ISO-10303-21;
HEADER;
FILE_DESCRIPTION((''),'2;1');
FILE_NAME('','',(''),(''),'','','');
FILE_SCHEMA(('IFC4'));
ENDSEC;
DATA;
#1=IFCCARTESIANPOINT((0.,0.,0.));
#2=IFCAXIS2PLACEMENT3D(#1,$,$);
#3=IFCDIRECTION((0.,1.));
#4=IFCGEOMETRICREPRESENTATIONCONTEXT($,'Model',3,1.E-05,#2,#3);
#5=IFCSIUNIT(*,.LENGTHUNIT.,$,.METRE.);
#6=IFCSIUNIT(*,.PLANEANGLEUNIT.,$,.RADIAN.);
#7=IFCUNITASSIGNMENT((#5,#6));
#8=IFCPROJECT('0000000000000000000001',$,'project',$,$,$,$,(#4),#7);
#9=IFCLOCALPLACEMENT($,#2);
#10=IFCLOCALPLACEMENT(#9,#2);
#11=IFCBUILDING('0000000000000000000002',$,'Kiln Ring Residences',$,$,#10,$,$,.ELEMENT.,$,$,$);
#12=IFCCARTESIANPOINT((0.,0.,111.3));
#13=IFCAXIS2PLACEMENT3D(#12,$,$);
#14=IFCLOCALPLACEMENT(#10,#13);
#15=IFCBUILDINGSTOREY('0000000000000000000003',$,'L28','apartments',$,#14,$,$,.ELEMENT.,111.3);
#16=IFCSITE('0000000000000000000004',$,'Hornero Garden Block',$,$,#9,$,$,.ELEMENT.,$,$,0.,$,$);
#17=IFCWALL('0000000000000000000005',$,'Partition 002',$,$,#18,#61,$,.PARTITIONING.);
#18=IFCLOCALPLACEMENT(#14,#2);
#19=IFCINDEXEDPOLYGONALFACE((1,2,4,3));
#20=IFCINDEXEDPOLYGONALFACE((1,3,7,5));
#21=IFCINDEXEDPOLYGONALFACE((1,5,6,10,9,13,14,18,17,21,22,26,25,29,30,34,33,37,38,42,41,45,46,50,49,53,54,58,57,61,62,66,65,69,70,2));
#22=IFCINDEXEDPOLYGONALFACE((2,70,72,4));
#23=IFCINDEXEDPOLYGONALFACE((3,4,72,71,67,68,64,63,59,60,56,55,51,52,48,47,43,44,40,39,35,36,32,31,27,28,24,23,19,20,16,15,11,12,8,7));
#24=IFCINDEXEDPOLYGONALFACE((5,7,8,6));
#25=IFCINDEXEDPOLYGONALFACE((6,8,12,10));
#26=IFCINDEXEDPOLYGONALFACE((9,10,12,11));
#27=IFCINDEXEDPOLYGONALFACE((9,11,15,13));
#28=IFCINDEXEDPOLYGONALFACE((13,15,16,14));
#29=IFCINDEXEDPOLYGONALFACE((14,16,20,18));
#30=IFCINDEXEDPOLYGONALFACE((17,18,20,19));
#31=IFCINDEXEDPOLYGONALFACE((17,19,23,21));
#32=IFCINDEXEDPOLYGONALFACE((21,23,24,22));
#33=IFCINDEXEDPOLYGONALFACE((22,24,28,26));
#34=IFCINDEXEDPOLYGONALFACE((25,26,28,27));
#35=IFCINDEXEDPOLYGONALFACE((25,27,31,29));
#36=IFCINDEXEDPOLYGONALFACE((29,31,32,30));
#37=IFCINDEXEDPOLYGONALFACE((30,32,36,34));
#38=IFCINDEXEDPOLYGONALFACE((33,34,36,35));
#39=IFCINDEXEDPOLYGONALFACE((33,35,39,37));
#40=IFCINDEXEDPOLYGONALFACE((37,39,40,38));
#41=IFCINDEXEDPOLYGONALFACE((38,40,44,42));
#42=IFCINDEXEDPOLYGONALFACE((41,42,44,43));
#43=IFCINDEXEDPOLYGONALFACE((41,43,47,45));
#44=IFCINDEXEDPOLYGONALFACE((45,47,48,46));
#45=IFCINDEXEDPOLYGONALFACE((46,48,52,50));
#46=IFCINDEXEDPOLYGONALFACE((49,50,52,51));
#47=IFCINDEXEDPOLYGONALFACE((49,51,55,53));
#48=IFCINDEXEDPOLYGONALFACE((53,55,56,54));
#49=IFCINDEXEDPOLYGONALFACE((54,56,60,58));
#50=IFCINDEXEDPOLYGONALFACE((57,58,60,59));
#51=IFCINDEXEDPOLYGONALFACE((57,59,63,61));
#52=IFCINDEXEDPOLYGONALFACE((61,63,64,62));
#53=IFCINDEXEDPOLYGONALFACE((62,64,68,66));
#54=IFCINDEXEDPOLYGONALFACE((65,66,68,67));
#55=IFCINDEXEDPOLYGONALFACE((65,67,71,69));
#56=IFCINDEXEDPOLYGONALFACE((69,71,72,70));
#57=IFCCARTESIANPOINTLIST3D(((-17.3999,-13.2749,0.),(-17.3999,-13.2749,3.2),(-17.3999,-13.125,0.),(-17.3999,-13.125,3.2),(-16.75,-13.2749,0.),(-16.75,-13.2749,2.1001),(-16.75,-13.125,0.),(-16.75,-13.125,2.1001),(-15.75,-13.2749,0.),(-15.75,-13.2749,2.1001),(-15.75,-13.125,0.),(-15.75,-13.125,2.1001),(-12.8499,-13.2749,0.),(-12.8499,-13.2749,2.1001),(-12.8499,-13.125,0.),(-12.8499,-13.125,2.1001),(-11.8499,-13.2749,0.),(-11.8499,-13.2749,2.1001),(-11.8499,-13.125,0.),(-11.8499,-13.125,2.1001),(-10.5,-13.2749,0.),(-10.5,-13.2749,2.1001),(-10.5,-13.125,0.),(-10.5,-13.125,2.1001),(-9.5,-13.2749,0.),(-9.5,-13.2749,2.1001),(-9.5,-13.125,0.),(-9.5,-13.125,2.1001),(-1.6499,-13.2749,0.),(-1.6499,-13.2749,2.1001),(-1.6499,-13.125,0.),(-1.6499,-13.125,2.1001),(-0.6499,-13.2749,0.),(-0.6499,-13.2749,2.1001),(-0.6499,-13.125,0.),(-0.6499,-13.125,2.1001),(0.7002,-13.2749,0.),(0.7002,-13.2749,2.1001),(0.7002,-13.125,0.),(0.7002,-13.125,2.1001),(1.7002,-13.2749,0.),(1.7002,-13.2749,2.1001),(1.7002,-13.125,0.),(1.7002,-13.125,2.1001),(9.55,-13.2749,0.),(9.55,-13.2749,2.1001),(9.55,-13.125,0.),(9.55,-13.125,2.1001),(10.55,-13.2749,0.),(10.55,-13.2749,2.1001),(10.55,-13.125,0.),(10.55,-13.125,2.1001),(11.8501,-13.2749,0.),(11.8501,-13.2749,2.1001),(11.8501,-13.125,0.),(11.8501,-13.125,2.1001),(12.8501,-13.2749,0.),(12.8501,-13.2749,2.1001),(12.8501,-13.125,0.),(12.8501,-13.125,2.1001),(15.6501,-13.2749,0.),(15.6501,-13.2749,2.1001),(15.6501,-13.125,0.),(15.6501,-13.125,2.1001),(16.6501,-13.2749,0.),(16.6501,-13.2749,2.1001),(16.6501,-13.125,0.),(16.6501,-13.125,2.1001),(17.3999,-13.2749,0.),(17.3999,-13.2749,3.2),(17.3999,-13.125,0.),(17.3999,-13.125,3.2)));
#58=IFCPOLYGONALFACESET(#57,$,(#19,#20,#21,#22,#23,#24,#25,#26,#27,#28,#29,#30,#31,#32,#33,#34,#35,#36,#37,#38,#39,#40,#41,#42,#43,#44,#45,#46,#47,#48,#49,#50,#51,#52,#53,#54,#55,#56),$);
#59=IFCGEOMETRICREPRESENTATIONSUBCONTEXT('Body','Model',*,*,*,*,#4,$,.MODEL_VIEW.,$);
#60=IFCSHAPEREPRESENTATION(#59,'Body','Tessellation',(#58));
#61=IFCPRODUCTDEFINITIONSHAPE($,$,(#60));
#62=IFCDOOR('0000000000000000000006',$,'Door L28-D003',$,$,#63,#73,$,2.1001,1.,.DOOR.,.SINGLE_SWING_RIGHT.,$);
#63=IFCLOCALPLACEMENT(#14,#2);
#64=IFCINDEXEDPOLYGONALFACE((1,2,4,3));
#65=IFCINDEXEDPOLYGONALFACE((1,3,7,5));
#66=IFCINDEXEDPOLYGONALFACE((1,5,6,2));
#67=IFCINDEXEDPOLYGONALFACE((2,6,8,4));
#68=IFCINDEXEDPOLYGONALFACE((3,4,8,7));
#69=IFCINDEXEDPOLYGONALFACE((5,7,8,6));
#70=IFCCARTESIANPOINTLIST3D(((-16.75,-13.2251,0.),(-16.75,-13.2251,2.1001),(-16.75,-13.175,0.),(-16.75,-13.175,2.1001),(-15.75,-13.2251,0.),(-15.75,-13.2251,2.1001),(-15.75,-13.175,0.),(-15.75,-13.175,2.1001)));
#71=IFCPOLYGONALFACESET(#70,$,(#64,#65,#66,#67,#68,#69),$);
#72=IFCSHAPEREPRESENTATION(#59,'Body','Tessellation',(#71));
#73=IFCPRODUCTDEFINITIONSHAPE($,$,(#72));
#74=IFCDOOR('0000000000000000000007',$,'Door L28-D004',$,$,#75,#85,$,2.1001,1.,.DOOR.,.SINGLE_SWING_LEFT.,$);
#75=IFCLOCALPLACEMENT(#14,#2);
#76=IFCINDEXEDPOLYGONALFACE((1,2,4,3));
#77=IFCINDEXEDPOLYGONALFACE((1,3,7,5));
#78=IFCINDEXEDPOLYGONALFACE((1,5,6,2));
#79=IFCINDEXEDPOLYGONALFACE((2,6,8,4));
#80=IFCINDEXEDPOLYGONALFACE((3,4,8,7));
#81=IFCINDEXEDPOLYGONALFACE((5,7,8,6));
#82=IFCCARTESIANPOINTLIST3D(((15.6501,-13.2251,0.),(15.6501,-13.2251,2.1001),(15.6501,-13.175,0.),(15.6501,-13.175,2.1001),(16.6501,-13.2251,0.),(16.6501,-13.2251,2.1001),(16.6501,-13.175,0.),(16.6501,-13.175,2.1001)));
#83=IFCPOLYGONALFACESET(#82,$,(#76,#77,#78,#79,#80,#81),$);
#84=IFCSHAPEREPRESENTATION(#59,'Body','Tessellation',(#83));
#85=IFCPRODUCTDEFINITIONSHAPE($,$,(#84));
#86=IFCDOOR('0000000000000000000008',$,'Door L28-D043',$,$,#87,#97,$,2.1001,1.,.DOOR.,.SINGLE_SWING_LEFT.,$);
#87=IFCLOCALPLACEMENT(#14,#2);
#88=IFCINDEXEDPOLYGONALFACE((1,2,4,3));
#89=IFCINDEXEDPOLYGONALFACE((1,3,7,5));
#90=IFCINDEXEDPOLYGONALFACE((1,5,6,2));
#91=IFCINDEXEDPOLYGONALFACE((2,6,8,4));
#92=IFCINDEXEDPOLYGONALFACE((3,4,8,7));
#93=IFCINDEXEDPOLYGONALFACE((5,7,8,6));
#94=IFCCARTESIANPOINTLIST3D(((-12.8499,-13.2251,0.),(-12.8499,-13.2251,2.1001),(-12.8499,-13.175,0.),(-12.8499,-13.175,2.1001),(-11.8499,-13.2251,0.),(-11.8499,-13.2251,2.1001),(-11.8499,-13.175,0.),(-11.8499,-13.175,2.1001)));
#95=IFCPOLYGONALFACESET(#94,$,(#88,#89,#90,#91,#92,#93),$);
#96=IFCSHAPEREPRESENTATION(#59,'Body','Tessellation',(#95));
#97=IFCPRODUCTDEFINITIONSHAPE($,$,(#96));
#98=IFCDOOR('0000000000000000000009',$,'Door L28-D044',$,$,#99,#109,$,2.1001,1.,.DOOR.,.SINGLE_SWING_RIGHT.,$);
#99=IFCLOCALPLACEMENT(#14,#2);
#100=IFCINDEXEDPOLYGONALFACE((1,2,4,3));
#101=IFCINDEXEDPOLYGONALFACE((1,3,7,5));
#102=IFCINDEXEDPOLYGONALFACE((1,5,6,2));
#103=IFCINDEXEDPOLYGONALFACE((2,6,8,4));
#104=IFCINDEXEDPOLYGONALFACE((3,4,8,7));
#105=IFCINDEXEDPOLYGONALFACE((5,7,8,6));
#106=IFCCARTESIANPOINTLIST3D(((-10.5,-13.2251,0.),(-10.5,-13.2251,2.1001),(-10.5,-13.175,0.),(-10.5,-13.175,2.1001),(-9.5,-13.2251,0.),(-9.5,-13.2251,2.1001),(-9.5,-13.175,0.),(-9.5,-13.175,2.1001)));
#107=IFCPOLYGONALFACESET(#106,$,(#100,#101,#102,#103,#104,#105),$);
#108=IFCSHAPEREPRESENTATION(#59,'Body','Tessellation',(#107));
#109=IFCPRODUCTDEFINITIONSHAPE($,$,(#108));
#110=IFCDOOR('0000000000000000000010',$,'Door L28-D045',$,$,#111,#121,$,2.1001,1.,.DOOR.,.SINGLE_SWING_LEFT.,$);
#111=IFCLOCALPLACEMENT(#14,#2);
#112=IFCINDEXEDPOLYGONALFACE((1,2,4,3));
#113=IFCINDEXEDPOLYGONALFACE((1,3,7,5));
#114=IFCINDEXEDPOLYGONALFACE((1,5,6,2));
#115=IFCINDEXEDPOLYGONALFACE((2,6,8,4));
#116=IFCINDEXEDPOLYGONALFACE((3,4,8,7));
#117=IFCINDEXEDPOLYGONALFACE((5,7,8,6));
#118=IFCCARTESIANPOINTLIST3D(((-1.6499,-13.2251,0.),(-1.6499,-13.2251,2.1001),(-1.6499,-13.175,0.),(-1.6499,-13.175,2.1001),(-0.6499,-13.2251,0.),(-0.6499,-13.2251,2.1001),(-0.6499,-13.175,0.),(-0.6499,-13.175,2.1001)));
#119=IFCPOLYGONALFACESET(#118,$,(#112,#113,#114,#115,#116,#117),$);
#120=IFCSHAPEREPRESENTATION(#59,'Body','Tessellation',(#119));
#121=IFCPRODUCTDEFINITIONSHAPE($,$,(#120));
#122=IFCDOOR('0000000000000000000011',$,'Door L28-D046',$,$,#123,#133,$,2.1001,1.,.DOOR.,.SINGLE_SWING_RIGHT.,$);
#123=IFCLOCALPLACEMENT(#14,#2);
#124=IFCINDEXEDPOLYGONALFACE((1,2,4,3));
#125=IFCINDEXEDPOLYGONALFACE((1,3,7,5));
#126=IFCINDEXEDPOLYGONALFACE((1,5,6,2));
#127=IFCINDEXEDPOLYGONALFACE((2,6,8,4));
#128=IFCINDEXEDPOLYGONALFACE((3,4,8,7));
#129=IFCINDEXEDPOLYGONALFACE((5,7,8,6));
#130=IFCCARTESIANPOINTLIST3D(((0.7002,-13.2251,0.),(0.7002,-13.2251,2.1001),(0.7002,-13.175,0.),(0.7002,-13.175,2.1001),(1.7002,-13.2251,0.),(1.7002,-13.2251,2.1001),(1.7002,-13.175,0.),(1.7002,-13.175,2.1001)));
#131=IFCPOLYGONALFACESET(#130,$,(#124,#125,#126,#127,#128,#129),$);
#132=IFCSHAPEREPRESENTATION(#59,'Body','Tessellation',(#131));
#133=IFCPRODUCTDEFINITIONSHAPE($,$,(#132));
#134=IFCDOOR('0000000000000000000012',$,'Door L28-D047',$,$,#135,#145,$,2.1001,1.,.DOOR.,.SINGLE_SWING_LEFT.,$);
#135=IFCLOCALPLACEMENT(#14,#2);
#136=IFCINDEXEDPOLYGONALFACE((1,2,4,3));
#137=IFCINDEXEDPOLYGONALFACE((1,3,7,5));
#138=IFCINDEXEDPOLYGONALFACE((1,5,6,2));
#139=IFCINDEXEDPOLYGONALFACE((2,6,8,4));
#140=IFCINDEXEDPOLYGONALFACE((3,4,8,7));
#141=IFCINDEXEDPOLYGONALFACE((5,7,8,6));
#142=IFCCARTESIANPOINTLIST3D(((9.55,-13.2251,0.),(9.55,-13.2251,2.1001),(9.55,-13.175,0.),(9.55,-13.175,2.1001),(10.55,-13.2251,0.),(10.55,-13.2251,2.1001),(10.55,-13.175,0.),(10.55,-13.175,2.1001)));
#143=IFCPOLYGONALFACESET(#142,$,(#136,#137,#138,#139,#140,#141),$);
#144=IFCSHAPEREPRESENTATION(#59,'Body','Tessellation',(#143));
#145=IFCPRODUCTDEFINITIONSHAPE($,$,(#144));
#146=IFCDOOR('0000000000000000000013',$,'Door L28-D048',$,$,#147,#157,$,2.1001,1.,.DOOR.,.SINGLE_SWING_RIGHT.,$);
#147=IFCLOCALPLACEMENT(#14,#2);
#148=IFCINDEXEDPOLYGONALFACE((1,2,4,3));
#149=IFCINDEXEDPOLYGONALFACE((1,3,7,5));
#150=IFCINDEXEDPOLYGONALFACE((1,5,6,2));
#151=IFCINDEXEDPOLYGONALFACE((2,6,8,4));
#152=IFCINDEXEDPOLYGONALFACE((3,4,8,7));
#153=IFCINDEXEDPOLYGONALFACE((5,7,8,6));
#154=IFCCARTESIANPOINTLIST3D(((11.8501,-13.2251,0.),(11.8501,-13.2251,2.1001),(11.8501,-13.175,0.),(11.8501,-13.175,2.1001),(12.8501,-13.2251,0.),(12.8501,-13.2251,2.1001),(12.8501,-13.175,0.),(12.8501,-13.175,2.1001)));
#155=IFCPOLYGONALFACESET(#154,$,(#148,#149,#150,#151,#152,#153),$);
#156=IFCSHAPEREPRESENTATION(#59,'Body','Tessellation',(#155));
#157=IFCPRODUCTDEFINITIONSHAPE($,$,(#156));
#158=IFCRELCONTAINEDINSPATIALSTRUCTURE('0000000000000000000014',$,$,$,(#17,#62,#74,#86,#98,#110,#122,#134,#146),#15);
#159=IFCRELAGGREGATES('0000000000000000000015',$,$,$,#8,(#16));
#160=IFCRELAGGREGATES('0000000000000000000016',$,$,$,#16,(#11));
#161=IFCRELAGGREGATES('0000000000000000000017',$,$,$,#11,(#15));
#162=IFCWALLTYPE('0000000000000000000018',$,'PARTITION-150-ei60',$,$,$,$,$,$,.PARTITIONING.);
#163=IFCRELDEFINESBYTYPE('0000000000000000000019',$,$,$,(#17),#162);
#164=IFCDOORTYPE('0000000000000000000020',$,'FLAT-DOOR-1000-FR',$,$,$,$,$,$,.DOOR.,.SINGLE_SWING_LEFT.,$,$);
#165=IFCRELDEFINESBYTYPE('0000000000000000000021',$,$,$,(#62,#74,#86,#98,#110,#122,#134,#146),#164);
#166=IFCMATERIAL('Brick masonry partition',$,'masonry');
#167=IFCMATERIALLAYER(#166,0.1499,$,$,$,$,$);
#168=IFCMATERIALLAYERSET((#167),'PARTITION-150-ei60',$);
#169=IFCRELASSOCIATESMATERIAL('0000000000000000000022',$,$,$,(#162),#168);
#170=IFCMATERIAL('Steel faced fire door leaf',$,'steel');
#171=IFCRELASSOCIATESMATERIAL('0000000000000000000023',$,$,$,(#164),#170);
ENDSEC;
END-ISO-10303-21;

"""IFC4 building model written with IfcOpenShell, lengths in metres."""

from ifc_helpers import new_model, si_unit, direction, frame, frame_2d, origin, place, context, subcontext, project, spatial, rectangle, extrude, material, layer, layer_set, type_object, element, fill, save


model = new_model("IFC4")

# Units and contexts
model_context = context("Model", 3, precision=1e-05, world=origin(), true_north=direction((0.0, 1.0)))
body_context = subcontext(model_context, "Body", "Model", "MODEL_VIEW")
ifc_project = project(units=[si_unit("LENGTHUNIT", "METRE"), si_unit("PLANEANGLEUNIT", "RADIAN")], contexts=[model_context])

# Site, building, storey
site_placement = place(None, origin())
site = spatial("IfcSite", under=ifc_project, at=site_placement, Name="Hornero Garden Block", CompositionType="ELEMENT", RefElevation=0.0)
building_placement = place(site_placement, origin())
building = spatial("IfcBuilding", under=site, at=building_placement, Name="Kiln Ring Residences", CompositionType="ELEMENT")
storey_placement = place(building_placement, frame((0.0, 0.0, 111.3)))
storey = spatial("IfcBuildingStorey", under=building, at=storey_placement, Name="L28", Description="apartments", CompositionType="ELEMENT", Elevation=111.3)

# Wall, openings, doors
ifc_material_1 = material(Name="Brick masonry partition", Category="masonry")
ifc_layer_1 = layer(ifc_material_1, 0.1499)
ifc_layer_set_1 = layer_set([ifc_layer_1], Name="PARTITION-150-ei60")
wall_type_1 = type_object("IfcWallType", Name="PARTITION-150-ei60", PredefinedType="PARTITIONING", material=ifc_layer_set_1)
wall_1_placement = place(storey_placement, frame((-17.3999, -13.2, 0.0), z_axis=(0.0, 0.0, 1.0), x_axis=(1.0, 0.0, 0.0)))
wall_1 = element("IfcWall", 1, at=wall_1_placement, inside=storey, type_object=wall_type_1, Name="Partition 002", PredefinedType="PARTITIONING", context=body_context, shape_type="SweptSolid", body=[
    extrude(rectangle(XDim=34.7998, YDim=0.1499, at=frame_2d((17.3999, 0.0))), origin(), (0.0, 0.0, 1.0), 3.2),
])
opening_1_placement = place(wall_1_placement, frame((0.6499, 0.0, 0.0)))
opening_1 = element("IfcOpeningElement", 2, at=opening_1_placement, cuts=wall_1, PredefinedType="OPENING", context=body_context, shape_type="SweptSolid", body=[
    extrude(rectangle(XDim=1.0, YDim=2.1001, at=frame_2d((0.5, 1.05))), frame((0.0, 0.085, 0.0), z_axis=(0.0, -1.0, 0.0), x_axis=(1.0, 0.0, 0.0)), (0.0, 0.0, 1.0), 0.1699),
])
opening_2_placement = place(wall_1_placement, frame((33.05, 0.0, 0.0)))
opening_2 = element("IfcOpeningElement", 3, at=opening_2_placement, cuts=wall_1, PredefinedType="OPENING", context=body_context, shape_type="SweptSolid", body=[
    extrude(rectangle(XDim=1.0, YDim=2.1001, at=frame_2d((0.5, 1.05))), frame((0.0, 0.085, 0.0), z_axis=(0.0, -1.0, 0.0), x_axis=(1.0, 0.0, 0.0)), (0.0, 0.0, 1.0), 0.1699),
])
opening_3_placement = place(wall_1_placement, frame((4.55, 0.0, 0.0)))
opening_3 = element("IfcOpeningElement", 4, at=opening_3_placement, cuts=wall_1, PredefinedType="OPENING", context=body_context, shape_type="SweptSolid", body=[
    extrude(rectangle(XDim=1.0, YDim=2.1001, at=frame_2d((0.5, 1.05))), frame((0.0, 0.085, 0.0), z_axis=(0.0, -1.0, 0.0), x_axis=(1.0, 0.0, 0.0)), (0.0, 0.0, 1.0), 0.1699),
])
opening_4_placement = place(wall_1_placement, frame((6.8999, 0.0, 0.0)))
opening_4 = element("IfcOpeningElement", 5, at=opening_4_placement, cuts=wall_1, PredefinedType="OPENING", context=body_context, shape_type="SweptSolid", body=[
    extrude(rectangle(XDim=1.0, YDim=2.1001, at=frame_2d((0.5, 1.05))), frame((0.0, 0.085, 0.0), z_axis=(0.0, -1.0, 0.0), x_axis=(1.0, 0.0, 0.0)), (0.0, 0.0, 1.0), 0.1699),
])
opening_5_placement = place(wall_1_placement, frame((15.75, 0.0, 0.0)))
opening_5 = element("IfcOpeningElement", 6, at=opening_5_placement, cuts=wall_1, PredefinedType="OPENING", context=body_context, shape_type="SweptSolid", body=[
    extrude(rectangle(XDim=1.0, YDim=2.1001, at=frame_2d((0.5, 1.05))), frame((0.0, 0.085, 0.0), z_axis=(0.0, -1.0, 0.0), x_axis=(1.0, 0.0, 0.0)), (0.0, 0.0, 1.0), 0.1699),
])
opening_6_placement = place(wall_1_placement, frame((18.1001, 0.0, 0.0)))
opening_6 = element("IfcOpeningElement", 7, at=opening_6_placement, cuts=wall_1, PredefinedType="OPENING", context=body_context, shape_type="SweptSolid", body=[
    extrude(rectangle(XDim=1.0, YDim=2.1001, at=frame_2d((0.5, 1.05))), frame((0.0, 0.085, 0.0), z_axis=(0.0, -1.0, 0.0), x_axis=(1.0, 0.0, 0.0)), (0.0, 0.0, 1.0), 0.1699),
])
opening_7_placement = place(wall_1_placement, frame((26.95, 0.0, 0.0)))
opening_7 = element("IfcOpeningElement", 8, at=opening_7_placement, cuts=wall_1, PredefinedType="OPENING", context=body_context, shape_type="SweptSolid", body=[
    extrude(rectangle(XDim=1.0, YDim=2.1001, at=frame_2d((0.5, 1.05))), frame((0.0, 0.085, 0.0), z_axis=(0.0, -1.0, 0.0), x_axis=(1.0, 0.0, 0.0)), (0.0, 0.0, 1.0), 0.1699),
])
opening_8_placement = place(wall_1_placement, frame((29.25, 0.0, 0.0)))
opening_8 = element("IfcOpeningElement", 9, at=opening_8_placement, cuts=wall_1, PredefinedType="OPENING", context=body_context, shape_type="SweptSolid", body=[
    extrude(rectangle(XDim=1.0, YDim=2.1001, at=frame_2d((0.5, 1.05))), frame((0.0, 0.085, 0.0), z_axis=(0.0, -1.0, 0.0), x_axis=(1.0, 0.0, 0.0)), (0.0, 0.0, 1.0), 0.1699),
])
ifc_material_2 = material(Name="Steel faced fire door leaf", Category="steel")
door_type_1 = type_object("IfcDoorType", Name="FLAT-DOOR-1000-FR", OperationType="SINGLE_SWING_LEFT", PredefinedType="DOOR", material=ifc_material_2)
door_1_placement = place(opening_1_placement, origin())
door_1 = element("IfcDoor", 10, at=door_1_placement, inside=storey, type_object=door_type_1, Name="Door L28-D003", OperationType="SINGLE_SWING_RIGHT", OverallHeight=2.1001, OverallWidth=1.0, PredefinedType="DOOR", context=body_context, shape_type="SweptSolid", body=[
    extrude(rectangle(XDim=1.0, YDim=2.1001, at=frame_2d((0.5, 1.05))), frame((0.0, 0.0249, 0.0), z_axis=(0.0, -1.0, 0.0), x_axis=(1.0, 0.0, 0.0)), (0.0, 0.0, 1.0), 0.05),
])
fill(opening_1, door_1)
door_2_placement = place(opening_2_placement, origin())
door_2 = element("IfcDoor", 11, at=door_2_placement, inside=storey, type_object=door_type_1, Name="Door L28-D004", OperationType="SINGLE_SWING_LEFT", OverallHeight=2.1001, OverallWidth=1.0, PredefinedType="DOOR", context=body_context, shape_type="SweptSolid", body=[
    extrude(rectangle(XDim=1.0, YDim=2.1001, at=frame_2d((0.5, 1.05))), frame((0.0, 0.0249, 0.0), z_axis=(0.0, -1.0, 0.0), x_axis=(1.0, 0.0, 0.0)), (0.0, 0.0, 1.0), 0.05),
])
fill(opening_2, door_2)
door_3_placement = place(opening_3_placement, origin())
door_3 = element("IfcDoor", 12, at=door_3_placement, inside=storey, type_object=door_type_1, Name="Door L28-D043", OperationType="SINGLE_SWING_LEFT", OverallHeight=2.1001, OverallWidth=1.0, PredefinedType="DOOR", context=body_context, shape_type="SweptSolid", body=[
    extrude(rectangle(XDim=1.0, YDim=2.1001, at=frame_2d((0.5, 1.05))), frame((0.0, 0.0249, 0.0), z_axis=(0.0, -1.0, 0.0), x_axis=(1.0, 0.0, 0.0)), (0.0, 0.0, 1.0), 0.05),
])
fill(opening_3, door_3)
door_4_placement = place(opening_4_placement, origin())
door_4 = element("IfcDoor", 13, at=door_4_placement, inside=storey, type_object=door_type_1, Name="Door L28-D044", OperationType="SINGLE_SWING_RIGHT", OverallHeight=2.1001, OverallWidth=1.0, PredefinedType="DOOR", context=body_context, shape_type="SweptSolid", body=[
    extrude(rectangle(XDim=1.0, YDim=2.1001, at=frame_2d((0.5, 1.05))), frame((0.0, 0.0249, 0.0), z_axis=(0.0, -1.0, 0.0), x_axis=(1.0, 0.0, 0.0)), (0.0, 0.0, 1.0), 0.05),
])
fill(opening_4, door_4)
door_5_placement = place(opening_5_placement, origin())
door_5 = element("IfcDoor", 14, at=door_5_placement, inside=storey, type_object=door_type_1, Name="Door L28-D045", OperationType="SINGLE_SWING_LEFT", OverallHeight=2.1001, OverallWidth=1.0, PredefinedType="DOOR", context=body_context, shape_type="SweptSolid", body=[
    extrude(rectangle(XDim=1.0, YDim=2.1001, at=frame_2d((0.5, 1.05))), frame((0.0, 0.0249, 0.0), z_axis=(0.0, -1.0, 0.0), x_axis=(1.0, 0.0, 0.0)), (0.0, 0.0, 1.0), 0.05),
])
fill(opening_5, door_5)
door_6_placement = place(opening_6_placement, origin())
door_6 = element("IfcDoor", 15, at=door_6_placement, inside=storey, type_object=door_type_1, Name="Door L28-D046", OperationType="SINGLE_SWING_RIGHT", OverallHeight=2.1001, OverallWidth=1.0, PredefinedType="DOOR", context=body_context, shape_type="SweptSolid", body=[
    extrude(rectangle(XDim=1.0, YDim=2.1001, at=frame_2d((0.5, 1.05))), frame((0.0, 0.0249, 0.0), z_axis=(0.0, -1.0, 0.0), x_axis=(1.0, 0.0, 0.0)), (0.0, 0.0, 1.0), 0.05),
])
fill(opening_6, door_6)
door_7_placement = place(opening_7_placement, origin())
door_7 = element("IfcDoor", 16, at=door_7_placement, inside=storey, type_object=door_type_1, Name="Door L28-D047", OperationType="SINGLE_SWING_LEFT", OverallHeight=2.1001, OverallWidth=1.0, PredefinedType="DOOR", context=body_context, shape_type="SweptSolid", body=[
    extrude(rectangle(XDim=1.0, YDim=2.1001, at=frame_2d((0.5, 1.05))), frame((0.0, 0.0249, 0.0), z_axis=(0.0, -1.0, 0.0), x_axis=(1.0, 0.0, 0.0)), (0.0, 0.0, 1.0), 0.05),
])
fill(opening_7, door_7)
door_8_placement = place(opening_8_placement, origin())
door_8 = element("IfcDoor", 17, at=door_8_placement, inside=storey, type_object=door_type_1, Name="Door L28-D048", OperationType="SINGLE_SWING_RIGHT", OverallHeight=2.1001, OverallWidth=1.0, PredefinedType="DOOR", context=body_context, shape_type="SweptSolid", body=[
    extrude(rectangle(XDim=1.0, YDim=2.1001, at=frame_2d((0.5, 1.05))), frame((0.0, 0.0249, 0.0), z_axis=(0.0, -1.0, 0.0), x_axis=(1.0, 0.0, 0.0)), (0.0, 0.0, 1.0), 0.05),
])
fill(opening_8, door_8)

save(model, "model.ifc")
